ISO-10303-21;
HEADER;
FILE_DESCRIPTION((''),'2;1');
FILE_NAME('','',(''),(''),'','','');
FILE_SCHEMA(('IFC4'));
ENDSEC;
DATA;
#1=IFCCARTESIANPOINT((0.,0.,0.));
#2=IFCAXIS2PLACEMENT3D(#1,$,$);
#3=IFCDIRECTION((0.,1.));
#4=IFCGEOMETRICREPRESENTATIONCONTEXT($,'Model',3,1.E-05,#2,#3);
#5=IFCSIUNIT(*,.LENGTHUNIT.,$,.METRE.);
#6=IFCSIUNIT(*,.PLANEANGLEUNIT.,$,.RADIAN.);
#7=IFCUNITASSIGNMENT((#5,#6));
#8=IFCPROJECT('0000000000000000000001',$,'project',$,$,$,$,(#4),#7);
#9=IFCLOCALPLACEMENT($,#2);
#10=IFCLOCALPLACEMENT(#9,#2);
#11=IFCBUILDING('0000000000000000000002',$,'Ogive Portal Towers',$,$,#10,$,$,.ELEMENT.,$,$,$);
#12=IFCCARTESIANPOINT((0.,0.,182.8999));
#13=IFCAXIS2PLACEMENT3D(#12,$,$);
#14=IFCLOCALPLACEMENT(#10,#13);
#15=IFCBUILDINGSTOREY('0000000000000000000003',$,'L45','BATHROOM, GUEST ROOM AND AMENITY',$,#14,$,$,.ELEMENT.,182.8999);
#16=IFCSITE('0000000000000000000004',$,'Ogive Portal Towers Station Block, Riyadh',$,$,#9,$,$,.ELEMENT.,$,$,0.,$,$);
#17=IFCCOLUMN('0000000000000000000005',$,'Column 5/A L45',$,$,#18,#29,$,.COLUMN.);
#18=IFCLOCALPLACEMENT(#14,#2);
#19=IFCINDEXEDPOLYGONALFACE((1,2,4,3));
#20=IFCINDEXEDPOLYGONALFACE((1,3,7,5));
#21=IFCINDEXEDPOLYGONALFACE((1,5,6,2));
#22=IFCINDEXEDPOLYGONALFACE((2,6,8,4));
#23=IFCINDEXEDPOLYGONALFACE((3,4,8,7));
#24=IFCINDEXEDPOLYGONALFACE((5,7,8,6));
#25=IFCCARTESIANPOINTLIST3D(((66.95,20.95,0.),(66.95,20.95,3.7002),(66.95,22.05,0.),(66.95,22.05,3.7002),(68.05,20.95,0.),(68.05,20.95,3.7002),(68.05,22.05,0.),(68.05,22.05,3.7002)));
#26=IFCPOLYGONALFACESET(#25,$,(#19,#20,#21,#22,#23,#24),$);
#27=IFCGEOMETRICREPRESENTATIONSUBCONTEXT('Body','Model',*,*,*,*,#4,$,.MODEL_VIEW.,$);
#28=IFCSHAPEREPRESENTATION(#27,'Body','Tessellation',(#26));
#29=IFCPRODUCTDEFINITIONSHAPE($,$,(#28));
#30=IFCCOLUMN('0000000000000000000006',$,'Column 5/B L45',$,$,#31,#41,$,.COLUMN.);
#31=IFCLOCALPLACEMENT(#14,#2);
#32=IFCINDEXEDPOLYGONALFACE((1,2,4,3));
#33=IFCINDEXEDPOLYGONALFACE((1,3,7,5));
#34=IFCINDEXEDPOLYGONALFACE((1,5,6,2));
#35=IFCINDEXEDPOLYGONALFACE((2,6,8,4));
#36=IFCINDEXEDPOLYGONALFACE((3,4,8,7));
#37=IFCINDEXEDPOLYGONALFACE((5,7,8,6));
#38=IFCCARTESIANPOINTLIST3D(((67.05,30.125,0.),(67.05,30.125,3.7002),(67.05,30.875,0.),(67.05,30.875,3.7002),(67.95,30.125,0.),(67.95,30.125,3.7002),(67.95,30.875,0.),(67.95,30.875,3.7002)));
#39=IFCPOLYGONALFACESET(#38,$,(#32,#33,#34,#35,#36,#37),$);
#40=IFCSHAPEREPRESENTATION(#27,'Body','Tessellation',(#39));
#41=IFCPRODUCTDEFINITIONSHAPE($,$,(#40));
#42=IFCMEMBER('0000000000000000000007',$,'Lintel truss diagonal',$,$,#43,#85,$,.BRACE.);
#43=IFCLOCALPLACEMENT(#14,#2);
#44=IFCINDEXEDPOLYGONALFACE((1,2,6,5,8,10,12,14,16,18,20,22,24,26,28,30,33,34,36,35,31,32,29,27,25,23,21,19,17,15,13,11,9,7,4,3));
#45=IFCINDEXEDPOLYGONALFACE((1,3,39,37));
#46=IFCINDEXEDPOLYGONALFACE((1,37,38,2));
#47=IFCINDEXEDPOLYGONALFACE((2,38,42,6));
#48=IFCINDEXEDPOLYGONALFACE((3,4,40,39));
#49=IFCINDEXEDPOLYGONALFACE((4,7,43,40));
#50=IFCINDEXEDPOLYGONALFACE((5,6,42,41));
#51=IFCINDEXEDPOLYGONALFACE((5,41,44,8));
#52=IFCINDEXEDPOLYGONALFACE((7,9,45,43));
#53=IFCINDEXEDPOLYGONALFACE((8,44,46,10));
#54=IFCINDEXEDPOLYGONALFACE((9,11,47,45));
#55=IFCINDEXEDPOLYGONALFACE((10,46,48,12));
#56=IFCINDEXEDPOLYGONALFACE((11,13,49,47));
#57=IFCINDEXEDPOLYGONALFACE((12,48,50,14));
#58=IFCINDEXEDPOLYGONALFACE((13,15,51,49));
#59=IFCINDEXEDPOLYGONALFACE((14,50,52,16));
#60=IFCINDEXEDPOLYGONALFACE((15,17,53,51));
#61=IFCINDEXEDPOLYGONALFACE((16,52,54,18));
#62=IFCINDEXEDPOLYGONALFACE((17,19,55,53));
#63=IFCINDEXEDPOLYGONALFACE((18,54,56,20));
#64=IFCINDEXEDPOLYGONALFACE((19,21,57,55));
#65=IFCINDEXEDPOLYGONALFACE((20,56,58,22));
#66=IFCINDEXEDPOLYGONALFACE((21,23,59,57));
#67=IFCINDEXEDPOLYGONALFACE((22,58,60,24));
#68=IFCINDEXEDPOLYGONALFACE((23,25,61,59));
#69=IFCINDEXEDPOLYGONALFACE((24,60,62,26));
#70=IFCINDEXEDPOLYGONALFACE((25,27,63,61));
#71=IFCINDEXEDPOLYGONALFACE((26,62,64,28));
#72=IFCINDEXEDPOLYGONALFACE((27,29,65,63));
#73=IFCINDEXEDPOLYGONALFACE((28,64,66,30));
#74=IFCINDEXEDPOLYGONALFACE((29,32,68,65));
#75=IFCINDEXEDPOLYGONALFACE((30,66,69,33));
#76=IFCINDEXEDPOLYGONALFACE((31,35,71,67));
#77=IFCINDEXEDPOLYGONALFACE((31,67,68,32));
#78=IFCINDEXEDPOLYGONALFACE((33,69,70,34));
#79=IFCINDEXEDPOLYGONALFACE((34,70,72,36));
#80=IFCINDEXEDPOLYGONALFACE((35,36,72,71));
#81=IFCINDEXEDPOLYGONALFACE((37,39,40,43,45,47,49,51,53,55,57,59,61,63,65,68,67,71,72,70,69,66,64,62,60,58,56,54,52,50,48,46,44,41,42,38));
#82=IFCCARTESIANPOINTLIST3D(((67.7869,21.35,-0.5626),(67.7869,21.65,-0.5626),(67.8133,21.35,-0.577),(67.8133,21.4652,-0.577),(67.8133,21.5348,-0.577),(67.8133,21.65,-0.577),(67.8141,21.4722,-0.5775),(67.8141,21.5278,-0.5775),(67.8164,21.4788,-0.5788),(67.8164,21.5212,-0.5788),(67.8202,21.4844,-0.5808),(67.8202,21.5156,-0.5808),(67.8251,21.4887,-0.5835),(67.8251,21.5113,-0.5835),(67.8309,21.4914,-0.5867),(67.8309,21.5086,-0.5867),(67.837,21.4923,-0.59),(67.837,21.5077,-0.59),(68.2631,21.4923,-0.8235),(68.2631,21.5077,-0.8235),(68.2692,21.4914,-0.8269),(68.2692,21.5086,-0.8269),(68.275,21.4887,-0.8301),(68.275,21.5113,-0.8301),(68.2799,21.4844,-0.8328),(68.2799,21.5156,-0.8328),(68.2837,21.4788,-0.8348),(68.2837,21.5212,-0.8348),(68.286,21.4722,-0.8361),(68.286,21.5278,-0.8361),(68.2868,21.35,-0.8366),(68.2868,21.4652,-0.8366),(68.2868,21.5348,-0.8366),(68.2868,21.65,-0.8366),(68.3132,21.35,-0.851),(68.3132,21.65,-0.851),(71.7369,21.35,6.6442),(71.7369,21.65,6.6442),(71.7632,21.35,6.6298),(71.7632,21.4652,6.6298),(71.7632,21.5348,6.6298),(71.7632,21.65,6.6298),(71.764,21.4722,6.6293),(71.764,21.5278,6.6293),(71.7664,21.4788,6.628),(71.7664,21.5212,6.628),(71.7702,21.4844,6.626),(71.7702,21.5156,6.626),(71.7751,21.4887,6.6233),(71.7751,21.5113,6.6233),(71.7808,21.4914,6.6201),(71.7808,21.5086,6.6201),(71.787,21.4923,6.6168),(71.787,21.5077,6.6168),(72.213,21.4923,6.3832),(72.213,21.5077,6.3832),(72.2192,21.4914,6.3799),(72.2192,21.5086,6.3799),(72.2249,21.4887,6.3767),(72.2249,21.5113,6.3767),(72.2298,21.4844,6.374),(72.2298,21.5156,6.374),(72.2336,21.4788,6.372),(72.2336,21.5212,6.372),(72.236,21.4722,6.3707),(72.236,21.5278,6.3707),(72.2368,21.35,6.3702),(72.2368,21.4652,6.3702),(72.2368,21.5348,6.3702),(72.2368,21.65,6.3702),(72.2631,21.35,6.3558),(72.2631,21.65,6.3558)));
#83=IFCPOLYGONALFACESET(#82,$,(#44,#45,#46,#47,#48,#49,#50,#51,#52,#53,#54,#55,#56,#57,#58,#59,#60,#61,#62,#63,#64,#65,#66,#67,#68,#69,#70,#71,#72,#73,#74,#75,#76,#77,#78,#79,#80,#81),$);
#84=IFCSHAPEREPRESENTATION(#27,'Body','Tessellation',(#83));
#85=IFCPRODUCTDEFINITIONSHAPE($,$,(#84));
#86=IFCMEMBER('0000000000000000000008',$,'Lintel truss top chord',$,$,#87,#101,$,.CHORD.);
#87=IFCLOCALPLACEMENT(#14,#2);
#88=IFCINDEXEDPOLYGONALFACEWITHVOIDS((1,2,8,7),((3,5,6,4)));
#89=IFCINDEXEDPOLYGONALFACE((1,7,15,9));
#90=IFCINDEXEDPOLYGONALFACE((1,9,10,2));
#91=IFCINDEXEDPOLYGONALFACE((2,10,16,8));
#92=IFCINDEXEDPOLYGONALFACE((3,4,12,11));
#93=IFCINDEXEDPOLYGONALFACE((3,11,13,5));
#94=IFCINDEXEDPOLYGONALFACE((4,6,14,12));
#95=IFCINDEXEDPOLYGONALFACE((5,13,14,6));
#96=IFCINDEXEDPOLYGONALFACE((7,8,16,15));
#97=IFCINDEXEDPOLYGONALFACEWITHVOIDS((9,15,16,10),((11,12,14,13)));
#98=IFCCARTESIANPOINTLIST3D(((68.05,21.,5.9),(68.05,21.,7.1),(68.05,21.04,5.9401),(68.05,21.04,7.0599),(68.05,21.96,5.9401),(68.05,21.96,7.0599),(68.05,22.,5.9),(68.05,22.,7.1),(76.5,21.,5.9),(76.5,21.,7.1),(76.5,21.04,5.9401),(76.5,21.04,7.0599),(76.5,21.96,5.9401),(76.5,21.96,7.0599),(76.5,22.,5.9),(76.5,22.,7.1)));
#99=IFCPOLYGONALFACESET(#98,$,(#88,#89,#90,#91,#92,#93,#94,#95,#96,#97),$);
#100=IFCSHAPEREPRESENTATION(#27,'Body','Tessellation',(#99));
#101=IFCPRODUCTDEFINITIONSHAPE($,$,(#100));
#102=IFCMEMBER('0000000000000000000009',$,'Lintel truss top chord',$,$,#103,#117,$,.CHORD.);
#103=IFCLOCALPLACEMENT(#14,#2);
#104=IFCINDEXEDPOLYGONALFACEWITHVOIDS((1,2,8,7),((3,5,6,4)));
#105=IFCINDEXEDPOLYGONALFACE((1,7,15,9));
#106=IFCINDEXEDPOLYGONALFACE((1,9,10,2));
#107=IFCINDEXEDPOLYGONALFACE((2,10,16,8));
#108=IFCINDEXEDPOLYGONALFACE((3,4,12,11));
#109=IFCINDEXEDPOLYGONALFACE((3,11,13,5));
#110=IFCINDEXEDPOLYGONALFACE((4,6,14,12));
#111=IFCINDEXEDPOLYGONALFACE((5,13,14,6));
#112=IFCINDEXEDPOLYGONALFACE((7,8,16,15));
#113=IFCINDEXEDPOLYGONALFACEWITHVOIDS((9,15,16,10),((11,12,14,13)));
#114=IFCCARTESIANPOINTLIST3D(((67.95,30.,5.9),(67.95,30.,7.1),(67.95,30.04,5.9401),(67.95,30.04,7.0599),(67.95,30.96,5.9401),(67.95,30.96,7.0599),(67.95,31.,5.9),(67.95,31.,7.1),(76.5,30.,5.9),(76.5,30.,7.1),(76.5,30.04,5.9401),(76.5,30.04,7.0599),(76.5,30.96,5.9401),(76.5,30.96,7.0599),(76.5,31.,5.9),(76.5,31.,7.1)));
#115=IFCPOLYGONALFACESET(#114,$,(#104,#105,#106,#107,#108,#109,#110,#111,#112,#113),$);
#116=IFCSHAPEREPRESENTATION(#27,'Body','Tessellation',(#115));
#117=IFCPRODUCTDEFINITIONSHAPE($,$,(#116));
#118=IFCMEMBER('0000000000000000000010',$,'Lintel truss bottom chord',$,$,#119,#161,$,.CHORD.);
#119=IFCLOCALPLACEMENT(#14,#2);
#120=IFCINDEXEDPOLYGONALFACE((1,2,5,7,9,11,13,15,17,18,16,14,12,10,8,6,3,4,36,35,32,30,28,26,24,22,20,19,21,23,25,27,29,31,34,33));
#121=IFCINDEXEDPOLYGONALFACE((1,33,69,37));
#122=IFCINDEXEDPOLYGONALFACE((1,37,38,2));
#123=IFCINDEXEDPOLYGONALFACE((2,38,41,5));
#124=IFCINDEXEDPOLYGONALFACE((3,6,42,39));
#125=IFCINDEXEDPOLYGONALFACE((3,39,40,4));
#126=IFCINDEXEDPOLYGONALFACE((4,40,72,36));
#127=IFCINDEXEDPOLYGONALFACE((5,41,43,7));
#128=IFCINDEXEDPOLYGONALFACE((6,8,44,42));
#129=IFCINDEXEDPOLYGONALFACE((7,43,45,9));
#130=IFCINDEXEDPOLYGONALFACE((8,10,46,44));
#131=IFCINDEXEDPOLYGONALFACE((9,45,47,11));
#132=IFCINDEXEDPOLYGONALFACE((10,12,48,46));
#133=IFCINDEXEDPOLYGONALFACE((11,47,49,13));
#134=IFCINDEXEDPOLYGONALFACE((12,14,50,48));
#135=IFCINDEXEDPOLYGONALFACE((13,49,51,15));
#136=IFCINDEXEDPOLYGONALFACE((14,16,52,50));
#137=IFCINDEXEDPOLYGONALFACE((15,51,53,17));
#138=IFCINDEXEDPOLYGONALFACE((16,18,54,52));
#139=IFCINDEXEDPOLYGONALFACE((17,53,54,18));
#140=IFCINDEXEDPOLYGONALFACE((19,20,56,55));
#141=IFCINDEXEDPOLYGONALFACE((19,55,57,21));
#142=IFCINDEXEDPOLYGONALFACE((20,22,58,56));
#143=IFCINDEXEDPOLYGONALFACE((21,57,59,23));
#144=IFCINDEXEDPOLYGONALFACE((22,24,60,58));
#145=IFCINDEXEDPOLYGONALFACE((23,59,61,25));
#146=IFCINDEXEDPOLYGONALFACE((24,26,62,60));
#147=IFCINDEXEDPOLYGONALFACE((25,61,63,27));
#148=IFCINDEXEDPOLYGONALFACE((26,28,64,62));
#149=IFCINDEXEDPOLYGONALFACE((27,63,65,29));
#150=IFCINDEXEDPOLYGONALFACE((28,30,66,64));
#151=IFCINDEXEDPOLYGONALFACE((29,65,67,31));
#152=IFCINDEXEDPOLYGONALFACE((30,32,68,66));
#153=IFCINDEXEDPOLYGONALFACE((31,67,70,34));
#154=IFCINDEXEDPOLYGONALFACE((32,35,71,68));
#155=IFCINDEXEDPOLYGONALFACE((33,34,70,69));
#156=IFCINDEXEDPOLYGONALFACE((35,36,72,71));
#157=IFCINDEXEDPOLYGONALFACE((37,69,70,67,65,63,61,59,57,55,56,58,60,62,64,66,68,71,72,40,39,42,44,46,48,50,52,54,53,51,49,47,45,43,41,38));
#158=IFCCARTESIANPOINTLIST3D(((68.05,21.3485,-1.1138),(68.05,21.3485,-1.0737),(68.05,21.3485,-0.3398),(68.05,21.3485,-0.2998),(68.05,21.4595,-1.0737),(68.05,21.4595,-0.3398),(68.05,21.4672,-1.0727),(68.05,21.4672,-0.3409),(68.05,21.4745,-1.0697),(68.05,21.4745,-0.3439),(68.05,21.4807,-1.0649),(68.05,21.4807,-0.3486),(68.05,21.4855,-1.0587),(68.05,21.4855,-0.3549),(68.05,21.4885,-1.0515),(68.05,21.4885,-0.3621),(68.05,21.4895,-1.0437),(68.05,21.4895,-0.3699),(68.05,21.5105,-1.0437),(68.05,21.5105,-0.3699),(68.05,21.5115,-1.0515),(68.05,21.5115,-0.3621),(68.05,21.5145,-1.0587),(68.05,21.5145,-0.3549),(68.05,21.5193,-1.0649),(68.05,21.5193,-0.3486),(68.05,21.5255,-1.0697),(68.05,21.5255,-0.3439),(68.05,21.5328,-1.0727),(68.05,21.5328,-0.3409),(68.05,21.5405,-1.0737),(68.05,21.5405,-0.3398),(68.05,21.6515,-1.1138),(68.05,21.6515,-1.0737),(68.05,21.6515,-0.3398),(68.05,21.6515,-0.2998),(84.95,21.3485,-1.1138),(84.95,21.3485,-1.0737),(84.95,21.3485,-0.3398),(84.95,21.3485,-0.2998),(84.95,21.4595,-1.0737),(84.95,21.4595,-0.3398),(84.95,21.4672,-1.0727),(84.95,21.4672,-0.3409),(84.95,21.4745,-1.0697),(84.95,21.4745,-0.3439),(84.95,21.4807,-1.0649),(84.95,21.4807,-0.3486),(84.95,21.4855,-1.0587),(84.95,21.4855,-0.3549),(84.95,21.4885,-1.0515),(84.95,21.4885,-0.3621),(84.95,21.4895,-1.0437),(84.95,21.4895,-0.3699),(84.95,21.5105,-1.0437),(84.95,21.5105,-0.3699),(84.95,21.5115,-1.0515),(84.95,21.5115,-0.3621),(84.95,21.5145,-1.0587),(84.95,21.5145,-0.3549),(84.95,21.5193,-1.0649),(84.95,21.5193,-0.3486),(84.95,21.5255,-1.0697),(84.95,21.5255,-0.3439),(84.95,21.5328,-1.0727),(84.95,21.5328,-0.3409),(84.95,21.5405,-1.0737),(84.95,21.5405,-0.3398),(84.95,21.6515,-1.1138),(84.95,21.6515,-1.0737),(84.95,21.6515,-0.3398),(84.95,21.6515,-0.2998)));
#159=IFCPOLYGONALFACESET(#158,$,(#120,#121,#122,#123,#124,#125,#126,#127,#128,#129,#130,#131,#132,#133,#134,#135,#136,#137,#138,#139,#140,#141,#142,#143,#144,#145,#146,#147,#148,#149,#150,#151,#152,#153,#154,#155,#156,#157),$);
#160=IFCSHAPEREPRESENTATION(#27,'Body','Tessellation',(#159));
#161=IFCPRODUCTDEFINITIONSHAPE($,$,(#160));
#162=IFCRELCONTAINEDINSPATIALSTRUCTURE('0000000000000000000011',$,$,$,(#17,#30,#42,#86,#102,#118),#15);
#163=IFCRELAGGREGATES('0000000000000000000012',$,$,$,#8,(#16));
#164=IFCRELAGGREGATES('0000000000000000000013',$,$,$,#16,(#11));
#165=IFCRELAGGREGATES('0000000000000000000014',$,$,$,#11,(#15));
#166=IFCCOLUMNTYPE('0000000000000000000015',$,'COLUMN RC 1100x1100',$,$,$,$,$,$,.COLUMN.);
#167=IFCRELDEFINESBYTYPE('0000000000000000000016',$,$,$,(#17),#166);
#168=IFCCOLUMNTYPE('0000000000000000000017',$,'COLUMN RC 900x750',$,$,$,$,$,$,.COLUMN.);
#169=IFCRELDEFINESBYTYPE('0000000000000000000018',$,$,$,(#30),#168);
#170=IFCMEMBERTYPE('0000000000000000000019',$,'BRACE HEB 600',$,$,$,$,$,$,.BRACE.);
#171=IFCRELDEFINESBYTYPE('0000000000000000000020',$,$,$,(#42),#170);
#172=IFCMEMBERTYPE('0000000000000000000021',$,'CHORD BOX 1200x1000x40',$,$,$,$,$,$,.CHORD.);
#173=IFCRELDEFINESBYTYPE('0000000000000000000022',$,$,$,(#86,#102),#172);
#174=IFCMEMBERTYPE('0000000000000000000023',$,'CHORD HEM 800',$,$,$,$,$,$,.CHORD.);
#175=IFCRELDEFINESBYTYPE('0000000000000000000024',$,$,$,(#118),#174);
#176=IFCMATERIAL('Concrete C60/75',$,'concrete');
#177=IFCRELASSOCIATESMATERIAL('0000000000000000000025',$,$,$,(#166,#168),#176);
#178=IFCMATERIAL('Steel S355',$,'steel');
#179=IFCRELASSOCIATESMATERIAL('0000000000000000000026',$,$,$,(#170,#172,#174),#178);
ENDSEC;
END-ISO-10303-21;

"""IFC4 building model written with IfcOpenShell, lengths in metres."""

from ifc_helpers import new_model, si_unit, direction, frame, origin, origin_2d, place, context, subcontext, project, spatial, rectangle, hollow_rectangle, i_section, extrude, material, material_profile, profile_set, type_object, element, save


model = new_model("IFC4")

# Units and contexts
model_context = context("Model", 3, precision=1e-05, world=origin(), true_north=direction((0.0, 1.0)))
body_context = subcontext(model_context, "Body", "Model", "MODEL_VIEW")
ifc_project = project(units=[si_unit("LENGTHUNIT", "METRE"), si_unit("PLANEANGLEUNIT", "RADIAN")], contexts=[model_context])

# Site, building, storey
site_placement = place(None, origin())
site = spatial("IfcSite", under=ifc_project, at=site_placement, Name="Ogive Portal Towers Station Block, Riyadh", CompositionType="ELEMENT", RefElevation=0.0)
building_placement = place(site_placement, origin())
building = spatial("IfcBuilding", under=site, at=building_placement, Name="Ogive Portal Towers", CompositionType="ELEMENT")
storey_placement = place(building_placement, frame((0.0, 0.0, 182.8999)))
storey = spatial("IfcBuildingStorey", under=building, at=storey_placement, Name="L45", Description="BATHROOM, GUEST ROOM AND AMENITY", CompositionType="ELEMENT", Elevation=182.8999)

# Columns
ifc_material_1 = material(Name="Concrete C60/75", Category="concrete")
ifc_material_profile_1 = material_profile(ifc_material_1, rectangle(XDim=1.1001, YDim=1.1001, at=origin_2d()), Name="RC 1100x1100")
ifc_profile_set_1 = profile_set([ifc_material_profile_1], Name="Concrete C60/75")
column_type_1 = type_object("IfcColumnType", Name="COLUMN RC 1100x1100", PredefinedType="COLUMN", material=ifc_profile_set_1)
column_1_placement = place(storey_placement, frame((67.5, 21.5, 0.0), z_axis=(0.0, 0.0, 1.0), x_axis=(1.0, 0.0, 0.0)))
element("IfcColumn", 1, at=column_1_placement, inside=storey, type_object=column_type_1, Name="Column 5/A L45", PredefinedType="COLUMN", context=body_context, shape_type="SweptSolid", body=[
    extrude(rectangle(XDim=1.1001, YDim=1.1001, at=origin_2d()), origin(), (0.0, 0.0, 1.0), 3.7002),
])
ifc_material_profile_2 = material_profile(ifc_material_1, rectangle(XDim=0.8999, YDim=0.75, at=origin_2d()), Name="RC 900x750")
ifc_profile_set_2 = profile_set([ifc_material_profile_2], Name="Concrete C60/75")
column_type_2 = type_object("IfcColumnType", Name="COLUMN RC 900x750", PredefinedType="COLUMN", material=ifc_profile_set_2)
column_2_placement = place(storey_placement, frame((67.5, 30.5, 0.0), z_axis=(0.0, 0.0, 1.0), x_axis=(1.0, 0.0, 0.0)))
element("IfcColumn", 2, at=column_2_placement, inside=storey, type_object=column_type_2, Name="Column 5/B L45", PredefinedType="COLUMN", context=body_context, shape_type="SweptSolid", body=[
    extrude(rectangle(XDim=0.8999, YDim=0.75, at=origin_2d()), origin(), (0.0, 0.0, 1.0), 3.7002),
])

# Members
ifc_material_2 = material(Name="Steel S355", Category="steel")
ifc_material_profile_3 = material_profile(ifc_material_2, i_section(OverallWidth=0.3, OverallDepth=0.6001, WebThickness=0.0154, FlangeThickness=0.03, FilletRadius=0.0271, at=origin_2d()), Name="HEB 600")
ifc_profile_set_3 = profile_set([ifc_material_profile_3], Name="Steel S355")
member_type_1 = type_object("IfcMemberType", Name="BRACE HEB 600", PredefinedType="BRACE", material=ifc_profile_set_3)
member_1_placement = place(storey_placement, frame((68.05, 21.5, -0.7068), z_axis=(0.480631, 0.0, 0.876923), x_axis=(0.0, 1.0, 0.0)))
element("IfcMember", 3, at=member_1_placement, inside=storey, type_object=member_type_1, Name="Lintel truss diagonal", PredefinedType="BRACE", context=body_context, shape_type="SweptSolid", body=[
    extrude(i_section(OverallWidth=0.3, OverallDepth=0.6001, WebThickness=0.0154, FlangeThickness=0.03, FilletRadius=0.0271, at=origin_2d()), origin(), (0.0, 0.0, 1.0), 8.2183),
])
ifc_material_profile_4 = material_profile(ifc_material_2, hollow_rectangle(XDim=1.0, YDim=1.2, WallThickness=0.04, at=origin_2d()), Name="BOX 1200x1000x40")
ifc_profile_set_4 = profile_set([ifc_material_profile_4], Name="Steel S355")
member_type_2 = type_object("IfcMemberType", Name="CHORD BOX 1200x1000x40", PredefinedType="CHORD", material=ifc_profile_set_4)
member_2_placement = place(storey_placement, frame((68.05, 21.5, 6.5), z_axis=(1.0, 0.0, 0.0), x_axis=(0.0, 1.0, 0.0)))
element("IfcMember", 4, at=member_2_placement, inside=storey, type_object=member_type_2, Name="Lintel truss top chord", PredefinedType="CHORD", context=body_context, shape_type="SweptSolid", body=[
    extrude(hollow_rectangle(XDim=1.0, YDim=1.2, WallThickness=0.04, at=origin_2d()), origin(), (0.0, 0.0, 1.0), 8.45),
])
member_3_placement = place(storey_placement, frame((67.95, 30.5, 6.5), z_axis=(1.0, 0.0, 0.0), x_axis=(0.0, 1.0, 0.0)))
element("IfcMember", 5, at=member_3_placement, inside=storey, type_object=member_type_2, Name="Lintel truss top chord", PredefinedType="CHORD", context=body_context, shape_type="SweptSolid", body=[
    extrude(hollow_rectangle(XDim=1.0, YDim=1.2, WallThickness=0.04, at=origin_2d()), origin(), (0.0, 0.0, 1.0), 8.55),
])
ifc_material_profile_5 = material_profile(ifc_material_2, i_section(OverallWidth=0.303, OverallDepth=0.814, WebThickness=0.021, FlangeThickness=0.04, FilletRadius=0.03, at=origin_2d()), Name="HEM 800")
ifc_profile_set_5 = profile_set([ifc_material_profile_5], Name="Steel S355")
member_type_3 = type_object("IfcMemberType", Name="CHORD HEM 800", PredefinedType="CHORD", material=ifc_profile_set_5)
member_4_placement = place(storey_placement, frame((68.05, 21.5, -0.7068), z_axis=(1.0, 0.0, 0.0), x_axis=(0.0, 1.0, 0.0)))
element("IfcMember", 6, at=member_4_placement, inside=storey, type_object=member_type_3, Name="Lintel truss bottom chord", PredefinedType="CHORD", context=body_context, shape_type="SweptSolid", body=[
    extrude(i_section(OverallWidth=0.303, OverallDepth=0.814, WebThickness=0.021, FlangeThickness=0.04, FilletRadius=0.03, at=origin_2d()), origin(), (0.0, 0.0, 1.0), 16.8999),
])

save(model, "model.ifc")
